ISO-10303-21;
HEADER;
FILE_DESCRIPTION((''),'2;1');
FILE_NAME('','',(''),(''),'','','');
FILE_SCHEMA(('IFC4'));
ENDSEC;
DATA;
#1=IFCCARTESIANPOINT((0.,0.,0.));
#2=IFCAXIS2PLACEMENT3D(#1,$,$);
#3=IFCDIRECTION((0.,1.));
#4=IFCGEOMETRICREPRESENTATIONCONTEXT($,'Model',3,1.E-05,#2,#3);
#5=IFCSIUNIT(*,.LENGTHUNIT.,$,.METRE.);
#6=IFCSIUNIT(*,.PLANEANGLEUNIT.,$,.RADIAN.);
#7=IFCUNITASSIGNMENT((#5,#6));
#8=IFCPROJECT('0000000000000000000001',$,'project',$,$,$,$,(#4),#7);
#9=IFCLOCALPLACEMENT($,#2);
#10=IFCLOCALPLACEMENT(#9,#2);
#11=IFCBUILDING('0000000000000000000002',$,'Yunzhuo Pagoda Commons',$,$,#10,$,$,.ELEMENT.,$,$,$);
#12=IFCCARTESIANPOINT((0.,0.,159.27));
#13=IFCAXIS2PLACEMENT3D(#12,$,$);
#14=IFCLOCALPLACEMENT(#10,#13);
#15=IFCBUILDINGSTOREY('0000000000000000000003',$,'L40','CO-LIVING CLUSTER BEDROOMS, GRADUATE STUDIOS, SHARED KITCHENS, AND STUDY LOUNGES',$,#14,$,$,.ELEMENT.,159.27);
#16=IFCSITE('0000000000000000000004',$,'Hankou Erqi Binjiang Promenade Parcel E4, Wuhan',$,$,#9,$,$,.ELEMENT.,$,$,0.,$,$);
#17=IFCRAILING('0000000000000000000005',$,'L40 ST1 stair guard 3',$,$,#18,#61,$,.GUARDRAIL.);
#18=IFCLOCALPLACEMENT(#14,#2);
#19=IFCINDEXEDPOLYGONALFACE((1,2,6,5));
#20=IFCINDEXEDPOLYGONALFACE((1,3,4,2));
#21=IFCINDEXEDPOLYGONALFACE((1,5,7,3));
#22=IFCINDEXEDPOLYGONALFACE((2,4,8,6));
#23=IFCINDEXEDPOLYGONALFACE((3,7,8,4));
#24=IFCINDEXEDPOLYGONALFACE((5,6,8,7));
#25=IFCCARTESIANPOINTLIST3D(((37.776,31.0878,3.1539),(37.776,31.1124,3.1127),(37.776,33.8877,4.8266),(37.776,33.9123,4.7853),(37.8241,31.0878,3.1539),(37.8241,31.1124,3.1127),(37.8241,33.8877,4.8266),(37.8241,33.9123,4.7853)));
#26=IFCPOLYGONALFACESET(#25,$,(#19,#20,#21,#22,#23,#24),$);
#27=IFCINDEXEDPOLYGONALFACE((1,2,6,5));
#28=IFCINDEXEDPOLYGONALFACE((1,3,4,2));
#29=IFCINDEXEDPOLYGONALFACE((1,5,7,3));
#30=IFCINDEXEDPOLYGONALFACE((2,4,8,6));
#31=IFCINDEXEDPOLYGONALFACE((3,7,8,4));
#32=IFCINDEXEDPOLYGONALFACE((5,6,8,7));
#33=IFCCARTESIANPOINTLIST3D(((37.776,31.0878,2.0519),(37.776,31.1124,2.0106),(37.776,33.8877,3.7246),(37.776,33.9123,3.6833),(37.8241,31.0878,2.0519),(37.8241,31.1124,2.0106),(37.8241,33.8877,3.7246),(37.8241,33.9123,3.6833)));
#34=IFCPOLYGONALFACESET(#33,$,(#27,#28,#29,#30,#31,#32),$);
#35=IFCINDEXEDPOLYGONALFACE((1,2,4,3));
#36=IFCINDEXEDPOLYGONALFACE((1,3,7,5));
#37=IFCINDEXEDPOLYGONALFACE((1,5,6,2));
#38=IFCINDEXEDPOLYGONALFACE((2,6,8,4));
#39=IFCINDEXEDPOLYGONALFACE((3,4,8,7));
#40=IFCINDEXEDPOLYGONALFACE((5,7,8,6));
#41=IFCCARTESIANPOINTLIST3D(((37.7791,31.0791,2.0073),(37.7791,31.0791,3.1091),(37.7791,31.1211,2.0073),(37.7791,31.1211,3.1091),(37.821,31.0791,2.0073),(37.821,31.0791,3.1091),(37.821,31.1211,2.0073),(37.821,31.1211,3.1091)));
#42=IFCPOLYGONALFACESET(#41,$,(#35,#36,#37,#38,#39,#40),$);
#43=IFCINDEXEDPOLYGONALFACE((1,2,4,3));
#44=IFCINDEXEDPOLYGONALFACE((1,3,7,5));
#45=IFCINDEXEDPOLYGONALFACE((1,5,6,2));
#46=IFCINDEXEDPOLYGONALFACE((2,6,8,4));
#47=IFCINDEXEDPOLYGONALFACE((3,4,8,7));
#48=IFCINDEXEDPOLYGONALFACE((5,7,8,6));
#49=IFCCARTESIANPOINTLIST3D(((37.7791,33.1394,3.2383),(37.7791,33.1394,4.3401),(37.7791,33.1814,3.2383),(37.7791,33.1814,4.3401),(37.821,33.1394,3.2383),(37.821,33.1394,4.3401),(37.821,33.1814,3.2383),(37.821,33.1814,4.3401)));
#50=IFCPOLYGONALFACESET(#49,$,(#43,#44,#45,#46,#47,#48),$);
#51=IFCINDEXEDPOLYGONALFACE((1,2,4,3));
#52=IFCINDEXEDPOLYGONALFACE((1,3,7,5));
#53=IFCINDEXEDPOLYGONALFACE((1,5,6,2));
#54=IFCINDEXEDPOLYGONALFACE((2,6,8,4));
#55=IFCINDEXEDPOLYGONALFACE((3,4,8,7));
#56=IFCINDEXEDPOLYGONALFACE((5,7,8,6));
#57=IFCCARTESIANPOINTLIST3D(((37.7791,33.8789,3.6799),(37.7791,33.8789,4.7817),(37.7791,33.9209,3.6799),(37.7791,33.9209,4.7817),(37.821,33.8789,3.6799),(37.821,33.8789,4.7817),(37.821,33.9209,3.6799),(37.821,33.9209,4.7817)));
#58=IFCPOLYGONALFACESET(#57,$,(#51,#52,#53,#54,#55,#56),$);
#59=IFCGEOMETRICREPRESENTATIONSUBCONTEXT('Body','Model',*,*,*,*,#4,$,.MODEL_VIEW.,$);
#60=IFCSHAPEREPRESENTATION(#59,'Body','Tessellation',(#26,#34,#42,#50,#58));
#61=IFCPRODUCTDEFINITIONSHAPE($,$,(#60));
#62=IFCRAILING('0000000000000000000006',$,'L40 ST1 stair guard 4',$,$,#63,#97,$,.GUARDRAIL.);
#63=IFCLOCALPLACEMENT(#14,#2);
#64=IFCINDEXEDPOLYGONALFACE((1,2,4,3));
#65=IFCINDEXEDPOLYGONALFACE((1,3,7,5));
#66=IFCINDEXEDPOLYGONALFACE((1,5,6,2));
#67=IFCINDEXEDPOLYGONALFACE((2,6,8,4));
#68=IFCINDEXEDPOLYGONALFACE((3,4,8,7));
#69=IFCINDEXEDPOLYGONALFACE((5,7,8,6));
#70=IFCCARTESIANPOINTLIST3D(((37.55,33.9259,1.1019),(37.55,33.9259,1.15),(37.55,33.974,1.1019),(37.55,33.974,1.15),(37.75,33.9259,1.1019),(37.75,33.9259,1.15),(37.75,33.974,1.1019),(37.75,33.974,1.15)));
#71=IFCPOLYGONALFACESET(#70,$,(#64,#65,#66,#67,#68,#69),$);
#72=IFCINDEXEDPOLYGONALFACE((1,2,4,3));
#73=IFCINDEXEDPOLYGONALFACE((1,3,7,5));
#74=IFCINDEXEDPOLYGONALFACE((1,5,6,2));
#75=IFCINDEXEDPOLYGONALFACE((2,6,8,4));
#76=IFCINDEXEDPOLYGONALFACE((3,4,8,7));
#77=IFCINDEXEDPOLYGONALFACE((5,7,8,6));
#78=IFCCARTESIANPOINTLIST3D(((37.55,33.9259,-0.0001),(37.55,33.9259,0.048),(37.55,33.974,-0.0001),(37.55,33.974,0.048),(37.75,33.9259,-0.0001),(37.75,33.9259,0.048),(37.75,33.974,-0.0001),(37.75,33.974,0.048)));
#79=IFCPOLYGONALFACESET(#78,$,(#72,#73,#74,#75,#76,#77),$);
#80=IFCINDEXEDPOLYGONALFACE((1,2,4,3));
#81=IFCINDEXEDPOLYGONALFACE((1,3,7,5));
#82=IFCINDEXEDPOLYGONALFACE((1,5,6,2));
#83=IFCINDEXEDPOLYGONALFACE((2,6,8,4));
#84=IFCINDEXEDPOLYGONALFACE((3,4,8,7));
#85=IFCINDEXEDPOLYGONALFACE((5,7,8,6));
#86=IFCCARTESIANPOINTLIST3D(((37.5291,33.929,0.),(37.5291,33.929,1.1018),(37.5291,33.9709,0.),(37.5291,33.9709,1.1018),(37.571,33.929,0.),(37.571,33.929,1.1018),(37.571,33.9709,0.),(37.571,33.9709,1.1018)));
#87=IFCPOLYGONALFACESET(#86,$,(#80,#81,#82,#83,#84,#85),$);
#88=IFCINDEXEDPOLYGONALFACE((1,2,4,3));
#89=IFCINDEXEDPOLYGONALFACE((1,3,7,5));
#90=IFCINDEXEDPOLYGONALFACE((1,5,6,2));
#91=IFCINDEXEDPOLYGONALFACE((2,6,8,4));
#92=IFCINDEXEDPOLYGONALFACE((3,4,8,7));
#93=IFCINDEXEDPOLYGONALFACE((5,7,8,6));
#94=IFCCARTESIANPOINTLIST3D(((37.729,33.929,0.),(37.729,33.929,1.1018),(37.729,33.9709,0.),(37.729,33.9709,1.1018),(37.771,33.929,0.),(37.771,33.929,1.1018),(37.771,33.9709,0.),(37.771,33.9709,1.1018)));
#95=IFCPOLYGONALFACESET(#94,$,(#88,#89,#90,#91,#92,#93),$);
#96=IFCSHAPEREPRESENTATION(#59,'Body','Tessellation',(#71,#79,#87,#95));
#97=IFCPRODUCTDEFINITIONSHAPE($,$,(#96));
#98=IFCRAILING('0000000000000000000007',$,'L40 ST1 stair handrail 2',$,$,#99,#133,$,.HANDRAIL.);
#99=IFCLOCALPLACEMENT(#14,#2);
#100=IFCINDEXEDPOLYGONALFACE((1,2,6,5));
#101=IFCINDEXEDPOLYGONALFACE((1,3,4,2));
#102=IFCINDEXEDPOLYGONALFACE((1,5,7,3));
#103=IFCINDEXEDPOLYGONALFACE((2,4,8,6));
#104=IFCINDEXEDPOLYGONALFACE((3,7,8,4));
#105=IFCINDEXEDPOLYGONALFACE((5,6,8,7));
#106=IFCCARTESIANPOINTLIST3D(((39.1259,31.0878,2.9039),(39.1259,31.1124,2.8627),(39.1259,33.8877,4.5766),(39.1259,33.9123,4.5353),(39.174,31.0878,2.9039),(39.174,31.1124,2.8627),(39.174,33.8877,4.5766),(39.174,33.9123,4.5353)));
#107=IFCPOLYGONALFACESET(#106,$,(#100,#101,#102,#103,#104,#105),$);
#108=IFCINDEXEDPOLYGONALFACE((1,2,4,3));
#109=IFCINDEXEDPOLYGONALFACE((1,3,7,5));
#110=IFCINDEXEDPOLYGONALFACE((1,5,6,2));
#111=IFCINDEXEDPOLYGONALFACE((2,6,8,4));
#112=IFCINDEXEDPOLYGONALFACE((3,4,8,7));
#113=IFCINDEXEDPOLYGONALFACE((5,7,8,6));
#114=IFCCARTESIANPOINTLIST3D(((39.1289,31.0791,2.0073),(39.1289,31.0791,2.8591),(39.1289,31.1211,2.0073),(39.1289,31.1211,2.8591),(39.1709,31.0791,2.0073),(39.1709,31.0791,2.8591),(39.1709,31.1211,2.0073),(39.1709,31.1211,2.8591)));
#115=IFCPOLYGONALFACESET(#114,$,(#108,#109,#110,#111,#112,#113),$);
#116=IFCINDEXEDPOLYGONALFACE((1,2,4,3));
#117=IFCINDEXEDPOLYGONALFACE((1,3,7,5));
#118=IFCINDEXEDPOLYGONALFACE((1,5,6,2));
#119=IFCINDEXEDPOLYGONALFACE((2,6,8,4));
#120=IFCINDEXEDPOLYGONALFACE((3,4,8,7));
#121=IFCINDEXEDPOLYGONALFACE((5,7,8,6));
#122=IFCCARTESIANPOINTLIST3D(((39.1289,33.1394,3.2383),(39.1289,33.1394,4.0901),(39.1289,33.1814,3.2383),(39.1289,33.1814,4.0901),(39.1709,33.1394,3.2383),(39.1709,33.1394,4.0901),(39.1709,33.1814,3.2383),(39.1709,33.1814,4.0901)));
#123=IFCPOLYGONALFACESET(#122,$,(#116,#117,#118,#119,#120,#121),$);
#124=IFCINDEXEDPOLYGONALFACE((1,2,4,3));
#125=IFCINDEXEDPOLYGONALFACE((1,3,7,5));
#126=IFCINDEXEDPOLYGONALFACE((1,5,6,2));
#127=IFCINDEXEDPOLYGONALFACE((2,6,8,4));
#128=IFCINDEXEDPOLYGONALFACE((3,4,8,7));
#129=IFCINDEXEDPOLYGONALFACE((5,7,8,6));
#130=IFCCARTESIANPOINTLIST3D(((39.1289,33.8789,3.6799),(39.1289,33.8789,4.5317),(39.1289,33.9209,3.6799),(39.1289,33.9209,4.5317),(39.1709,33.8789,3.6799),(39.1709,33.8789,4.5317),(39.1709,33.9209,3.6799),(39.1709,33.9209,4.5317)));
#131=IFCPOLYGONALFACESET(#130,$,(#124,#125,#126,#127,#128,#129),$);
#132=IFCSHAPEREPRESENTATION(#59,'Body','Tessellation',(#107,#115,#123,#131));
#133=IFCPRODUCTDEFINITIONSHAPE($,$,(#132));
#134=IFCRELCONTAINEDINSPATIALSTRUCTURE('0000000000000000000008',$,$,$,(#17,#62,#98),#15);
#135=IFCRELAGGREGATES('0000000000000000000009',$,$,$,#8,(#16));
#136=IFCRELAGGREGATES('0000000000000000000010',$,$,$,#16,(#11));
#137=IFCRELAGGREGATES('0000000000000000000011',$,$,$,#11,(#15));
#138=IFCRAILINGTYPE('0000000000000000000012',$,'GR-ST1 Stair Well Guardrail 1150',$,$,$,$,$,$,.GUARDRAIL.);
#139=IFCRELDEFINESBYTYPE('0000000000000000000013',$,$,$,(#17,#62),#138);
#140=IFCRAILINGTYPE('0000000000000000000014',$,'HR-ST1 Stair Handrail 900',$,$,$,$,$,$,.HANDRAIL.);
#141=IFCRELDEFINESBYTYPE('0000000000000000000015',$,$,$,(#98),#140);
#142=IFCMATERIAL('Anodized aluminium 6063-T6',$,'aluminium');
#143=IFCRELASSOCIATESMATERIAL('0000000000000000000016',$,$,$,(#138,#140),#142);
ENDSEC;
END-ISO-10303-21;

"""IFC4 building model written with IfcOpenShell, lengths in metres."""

from ifc_helpers import new_model, si_unit, direction, frame, origin, origin_2d, place, context, subcontext, project, spatial, rectangle, extrude, material, type_object, element, save


model = new_model("IFC4")

# Units and contexts
model_context = context("Model", 3, precision=1e-05, world=origin(), true_north=direction((0.0, 1.0)))
body_context = subcontext(model_context, "Body", "Model", "MODEL_VIEW")
ifc_project = project(units=[si_unit("LENGTHUNIT", "METRE"), si_unit("PLANEANGLEUNIT", "RADIAN")], contexts=[model_context])

# Site, building, storey
site_placement = place(None, origin())
site = spatial("IfcSite", under=ifc_project, at=site_placement, Name="Hankou Erqi Binjiang Promenade Parcel E4, Wuhan", CompositionType="ELEMENT", RefElevation=0.0)
building_placement = place(site_placement, origin())
building = spatial("IfcBuilding", under=site, at=building_placement, Name="Yunzhuo Pagoda Commons", CompositionType="ELEMENT")
storey_placement = place(building_placement, frame((0.0, 0.0, 159.27)))
storey = spatial("IfcBuildingStorey", under=building, at=storey_placement, Name="L40", Description="CO-LIVING CLUSTER BEDROOMS, GRADUATE STUDIOS, SHARED KITCHENS, AND STUDY LOUNGES", CompositionType="ELEMENT", Elevation=159.27)

# Railings
ifc_material_1 = material(Name="Anodized aluminium 6063-T6", Category="aluminium")
railing_type_1 = type_object("IfcRailingType", Name="GR-ST1 Stair Well Guardrail 1150", PredefinedType="GUARDRAIL", material=ifc_material_1)
railing_1_placement = place(storey_placement, frame((37.8, 31.1001, 2.0073)))
element("IfcRailing", 1, at=railing_1_placement, inside=storey, type_object=railing_type_1, Name="L40 ST1 stair guard 3", PredefinedType="GUARDRAIL", context=body_context, shape_type="SweptSolid", body=[
    extrude(rectangle(XDim=0.0481, YDim=0.0481, at=origin_2d()), frame((0.0, 0.0, 1.126), z_axis=(0.0, 0.858476, 0.512855), x_axis=(-1.0, 0.0, 0.0)), (0.0, 0.0, 1.0), 3.2615),
    extrude(rectangle(XDim=0.0481, YDim=0.0481, at=origin_2d()), frame((0.0, 0.0, 0.0239), z_axis=(0.0, 0.858476, 0.512855), x_axis=(-1.0, 0.0, 0.0)), (0.0, 0.0, 1.0), 3.2615),
    extrude(rectangle(XDim=0.042, YDim=0.042, at=origin_2d()), origin(), (0.0, 0.0, 1.0), 1.1018),
    extrude(rectangle(XDim=0.042, YDim=0.042, at=origin_2d()), frame((0.0, 2.0603, 1.231)), (0.0, 0.0, 1.0), 1.1018),
    extrude(rectangle(XDim=0.042, YDim=0.042, at=origin_2d()), frame((0.0, 2.7998, 1.6726)), (0.0, 0.0, 1.0), 1.1018),
])
railing_2_placement = place(storey_placement, frame((37.55, 33.95, 0.0)))
element("IfcRailing", 2, at=railing_2_placement, inside=storey, type_object=railing_type_1, Name="L40 ST1 stair guard 4", PredefinedType="GUARDRAIL", context=body_context, shape_type="SweptSolid", body=[
    extrude(rectangle(XDim=0.0481, YDim=0.0481, at=origin_2d()), frame((0.0, 0.0, 1.126), z_axis=(1.0, 0.0, 0.0), x_axis=(0.0, 1.0, 0.0)), (0.0, 0.0, 1.0), 0.2),
    extrude(rectangle(XDim=0.0481, YDim=0.0481, at=origin_2d()), frame((0.0, 0.0, 0.0239), z_axis=(1.0, 0.0, 0.0), x_axis=(0.0, 1.0, 0.0)), (0.0, 0.0, 1.0), 0.2),
    extrude(rectangle(XDim=0.042, YDim=0.042, at=origin_2d()), origin(), (0.0, 0.0, 1.0), 1.1018),
    extrude(rectangle(XDim=0.042, YDim=0.042, at=origin_2d()), frame((0.2, 0.0, 0.0)), (0.0, 0.0, 1.0), 1.1018),
])
railing_type_2 = type_object("IfcRailingType", Name="HR-ST1 Stair Handrail 900", PredefinedType="HANDRAIL", material=ifc_material_1)
railing_3_placement = place(storey_placement, frame((39.1499, 31.1001, 2.0073)))
element("IfcRailing", 3, at=railing_3_placement, inside=storey, type_object=railing_type_2, Name="L40 ST1 stair handrail 2", PredefinedType="HANDRAIL", context=body_context, shape_type="SweptSolid", body=[
    extrude(rectangle(XDim=0.0481, YDim=0.0481, at=origin_2d()), frame((0.0, 0.0, 0.876), z_axis=(0.0, 0.858476, 0.512855), x_axis=(-1.0, 0.0, 0.0)), (0.0, 0.0, 1.0), 3.2615),
    extrude(rectangle(XDim=0.042, YDim=0.042, at=origin_2d()), origin(), (0.0, 0.0, 1.0), 0.8518),
    extrude(rectangle(XDim=0.042, YDim=0.042, at=origin_2d()), frame((0.0, 2.0603, 1.231)), (0.0, 0.0, 1.0), 0.8518),
    extrude(rectangle(XDim=0.042, YDim=0.042, at=origin_2d()), frame((0.0, 2.7998, 1.6726)), (0.0, 0.0, 1.0), 0.8518),
])

save(model, "model.ifc")
